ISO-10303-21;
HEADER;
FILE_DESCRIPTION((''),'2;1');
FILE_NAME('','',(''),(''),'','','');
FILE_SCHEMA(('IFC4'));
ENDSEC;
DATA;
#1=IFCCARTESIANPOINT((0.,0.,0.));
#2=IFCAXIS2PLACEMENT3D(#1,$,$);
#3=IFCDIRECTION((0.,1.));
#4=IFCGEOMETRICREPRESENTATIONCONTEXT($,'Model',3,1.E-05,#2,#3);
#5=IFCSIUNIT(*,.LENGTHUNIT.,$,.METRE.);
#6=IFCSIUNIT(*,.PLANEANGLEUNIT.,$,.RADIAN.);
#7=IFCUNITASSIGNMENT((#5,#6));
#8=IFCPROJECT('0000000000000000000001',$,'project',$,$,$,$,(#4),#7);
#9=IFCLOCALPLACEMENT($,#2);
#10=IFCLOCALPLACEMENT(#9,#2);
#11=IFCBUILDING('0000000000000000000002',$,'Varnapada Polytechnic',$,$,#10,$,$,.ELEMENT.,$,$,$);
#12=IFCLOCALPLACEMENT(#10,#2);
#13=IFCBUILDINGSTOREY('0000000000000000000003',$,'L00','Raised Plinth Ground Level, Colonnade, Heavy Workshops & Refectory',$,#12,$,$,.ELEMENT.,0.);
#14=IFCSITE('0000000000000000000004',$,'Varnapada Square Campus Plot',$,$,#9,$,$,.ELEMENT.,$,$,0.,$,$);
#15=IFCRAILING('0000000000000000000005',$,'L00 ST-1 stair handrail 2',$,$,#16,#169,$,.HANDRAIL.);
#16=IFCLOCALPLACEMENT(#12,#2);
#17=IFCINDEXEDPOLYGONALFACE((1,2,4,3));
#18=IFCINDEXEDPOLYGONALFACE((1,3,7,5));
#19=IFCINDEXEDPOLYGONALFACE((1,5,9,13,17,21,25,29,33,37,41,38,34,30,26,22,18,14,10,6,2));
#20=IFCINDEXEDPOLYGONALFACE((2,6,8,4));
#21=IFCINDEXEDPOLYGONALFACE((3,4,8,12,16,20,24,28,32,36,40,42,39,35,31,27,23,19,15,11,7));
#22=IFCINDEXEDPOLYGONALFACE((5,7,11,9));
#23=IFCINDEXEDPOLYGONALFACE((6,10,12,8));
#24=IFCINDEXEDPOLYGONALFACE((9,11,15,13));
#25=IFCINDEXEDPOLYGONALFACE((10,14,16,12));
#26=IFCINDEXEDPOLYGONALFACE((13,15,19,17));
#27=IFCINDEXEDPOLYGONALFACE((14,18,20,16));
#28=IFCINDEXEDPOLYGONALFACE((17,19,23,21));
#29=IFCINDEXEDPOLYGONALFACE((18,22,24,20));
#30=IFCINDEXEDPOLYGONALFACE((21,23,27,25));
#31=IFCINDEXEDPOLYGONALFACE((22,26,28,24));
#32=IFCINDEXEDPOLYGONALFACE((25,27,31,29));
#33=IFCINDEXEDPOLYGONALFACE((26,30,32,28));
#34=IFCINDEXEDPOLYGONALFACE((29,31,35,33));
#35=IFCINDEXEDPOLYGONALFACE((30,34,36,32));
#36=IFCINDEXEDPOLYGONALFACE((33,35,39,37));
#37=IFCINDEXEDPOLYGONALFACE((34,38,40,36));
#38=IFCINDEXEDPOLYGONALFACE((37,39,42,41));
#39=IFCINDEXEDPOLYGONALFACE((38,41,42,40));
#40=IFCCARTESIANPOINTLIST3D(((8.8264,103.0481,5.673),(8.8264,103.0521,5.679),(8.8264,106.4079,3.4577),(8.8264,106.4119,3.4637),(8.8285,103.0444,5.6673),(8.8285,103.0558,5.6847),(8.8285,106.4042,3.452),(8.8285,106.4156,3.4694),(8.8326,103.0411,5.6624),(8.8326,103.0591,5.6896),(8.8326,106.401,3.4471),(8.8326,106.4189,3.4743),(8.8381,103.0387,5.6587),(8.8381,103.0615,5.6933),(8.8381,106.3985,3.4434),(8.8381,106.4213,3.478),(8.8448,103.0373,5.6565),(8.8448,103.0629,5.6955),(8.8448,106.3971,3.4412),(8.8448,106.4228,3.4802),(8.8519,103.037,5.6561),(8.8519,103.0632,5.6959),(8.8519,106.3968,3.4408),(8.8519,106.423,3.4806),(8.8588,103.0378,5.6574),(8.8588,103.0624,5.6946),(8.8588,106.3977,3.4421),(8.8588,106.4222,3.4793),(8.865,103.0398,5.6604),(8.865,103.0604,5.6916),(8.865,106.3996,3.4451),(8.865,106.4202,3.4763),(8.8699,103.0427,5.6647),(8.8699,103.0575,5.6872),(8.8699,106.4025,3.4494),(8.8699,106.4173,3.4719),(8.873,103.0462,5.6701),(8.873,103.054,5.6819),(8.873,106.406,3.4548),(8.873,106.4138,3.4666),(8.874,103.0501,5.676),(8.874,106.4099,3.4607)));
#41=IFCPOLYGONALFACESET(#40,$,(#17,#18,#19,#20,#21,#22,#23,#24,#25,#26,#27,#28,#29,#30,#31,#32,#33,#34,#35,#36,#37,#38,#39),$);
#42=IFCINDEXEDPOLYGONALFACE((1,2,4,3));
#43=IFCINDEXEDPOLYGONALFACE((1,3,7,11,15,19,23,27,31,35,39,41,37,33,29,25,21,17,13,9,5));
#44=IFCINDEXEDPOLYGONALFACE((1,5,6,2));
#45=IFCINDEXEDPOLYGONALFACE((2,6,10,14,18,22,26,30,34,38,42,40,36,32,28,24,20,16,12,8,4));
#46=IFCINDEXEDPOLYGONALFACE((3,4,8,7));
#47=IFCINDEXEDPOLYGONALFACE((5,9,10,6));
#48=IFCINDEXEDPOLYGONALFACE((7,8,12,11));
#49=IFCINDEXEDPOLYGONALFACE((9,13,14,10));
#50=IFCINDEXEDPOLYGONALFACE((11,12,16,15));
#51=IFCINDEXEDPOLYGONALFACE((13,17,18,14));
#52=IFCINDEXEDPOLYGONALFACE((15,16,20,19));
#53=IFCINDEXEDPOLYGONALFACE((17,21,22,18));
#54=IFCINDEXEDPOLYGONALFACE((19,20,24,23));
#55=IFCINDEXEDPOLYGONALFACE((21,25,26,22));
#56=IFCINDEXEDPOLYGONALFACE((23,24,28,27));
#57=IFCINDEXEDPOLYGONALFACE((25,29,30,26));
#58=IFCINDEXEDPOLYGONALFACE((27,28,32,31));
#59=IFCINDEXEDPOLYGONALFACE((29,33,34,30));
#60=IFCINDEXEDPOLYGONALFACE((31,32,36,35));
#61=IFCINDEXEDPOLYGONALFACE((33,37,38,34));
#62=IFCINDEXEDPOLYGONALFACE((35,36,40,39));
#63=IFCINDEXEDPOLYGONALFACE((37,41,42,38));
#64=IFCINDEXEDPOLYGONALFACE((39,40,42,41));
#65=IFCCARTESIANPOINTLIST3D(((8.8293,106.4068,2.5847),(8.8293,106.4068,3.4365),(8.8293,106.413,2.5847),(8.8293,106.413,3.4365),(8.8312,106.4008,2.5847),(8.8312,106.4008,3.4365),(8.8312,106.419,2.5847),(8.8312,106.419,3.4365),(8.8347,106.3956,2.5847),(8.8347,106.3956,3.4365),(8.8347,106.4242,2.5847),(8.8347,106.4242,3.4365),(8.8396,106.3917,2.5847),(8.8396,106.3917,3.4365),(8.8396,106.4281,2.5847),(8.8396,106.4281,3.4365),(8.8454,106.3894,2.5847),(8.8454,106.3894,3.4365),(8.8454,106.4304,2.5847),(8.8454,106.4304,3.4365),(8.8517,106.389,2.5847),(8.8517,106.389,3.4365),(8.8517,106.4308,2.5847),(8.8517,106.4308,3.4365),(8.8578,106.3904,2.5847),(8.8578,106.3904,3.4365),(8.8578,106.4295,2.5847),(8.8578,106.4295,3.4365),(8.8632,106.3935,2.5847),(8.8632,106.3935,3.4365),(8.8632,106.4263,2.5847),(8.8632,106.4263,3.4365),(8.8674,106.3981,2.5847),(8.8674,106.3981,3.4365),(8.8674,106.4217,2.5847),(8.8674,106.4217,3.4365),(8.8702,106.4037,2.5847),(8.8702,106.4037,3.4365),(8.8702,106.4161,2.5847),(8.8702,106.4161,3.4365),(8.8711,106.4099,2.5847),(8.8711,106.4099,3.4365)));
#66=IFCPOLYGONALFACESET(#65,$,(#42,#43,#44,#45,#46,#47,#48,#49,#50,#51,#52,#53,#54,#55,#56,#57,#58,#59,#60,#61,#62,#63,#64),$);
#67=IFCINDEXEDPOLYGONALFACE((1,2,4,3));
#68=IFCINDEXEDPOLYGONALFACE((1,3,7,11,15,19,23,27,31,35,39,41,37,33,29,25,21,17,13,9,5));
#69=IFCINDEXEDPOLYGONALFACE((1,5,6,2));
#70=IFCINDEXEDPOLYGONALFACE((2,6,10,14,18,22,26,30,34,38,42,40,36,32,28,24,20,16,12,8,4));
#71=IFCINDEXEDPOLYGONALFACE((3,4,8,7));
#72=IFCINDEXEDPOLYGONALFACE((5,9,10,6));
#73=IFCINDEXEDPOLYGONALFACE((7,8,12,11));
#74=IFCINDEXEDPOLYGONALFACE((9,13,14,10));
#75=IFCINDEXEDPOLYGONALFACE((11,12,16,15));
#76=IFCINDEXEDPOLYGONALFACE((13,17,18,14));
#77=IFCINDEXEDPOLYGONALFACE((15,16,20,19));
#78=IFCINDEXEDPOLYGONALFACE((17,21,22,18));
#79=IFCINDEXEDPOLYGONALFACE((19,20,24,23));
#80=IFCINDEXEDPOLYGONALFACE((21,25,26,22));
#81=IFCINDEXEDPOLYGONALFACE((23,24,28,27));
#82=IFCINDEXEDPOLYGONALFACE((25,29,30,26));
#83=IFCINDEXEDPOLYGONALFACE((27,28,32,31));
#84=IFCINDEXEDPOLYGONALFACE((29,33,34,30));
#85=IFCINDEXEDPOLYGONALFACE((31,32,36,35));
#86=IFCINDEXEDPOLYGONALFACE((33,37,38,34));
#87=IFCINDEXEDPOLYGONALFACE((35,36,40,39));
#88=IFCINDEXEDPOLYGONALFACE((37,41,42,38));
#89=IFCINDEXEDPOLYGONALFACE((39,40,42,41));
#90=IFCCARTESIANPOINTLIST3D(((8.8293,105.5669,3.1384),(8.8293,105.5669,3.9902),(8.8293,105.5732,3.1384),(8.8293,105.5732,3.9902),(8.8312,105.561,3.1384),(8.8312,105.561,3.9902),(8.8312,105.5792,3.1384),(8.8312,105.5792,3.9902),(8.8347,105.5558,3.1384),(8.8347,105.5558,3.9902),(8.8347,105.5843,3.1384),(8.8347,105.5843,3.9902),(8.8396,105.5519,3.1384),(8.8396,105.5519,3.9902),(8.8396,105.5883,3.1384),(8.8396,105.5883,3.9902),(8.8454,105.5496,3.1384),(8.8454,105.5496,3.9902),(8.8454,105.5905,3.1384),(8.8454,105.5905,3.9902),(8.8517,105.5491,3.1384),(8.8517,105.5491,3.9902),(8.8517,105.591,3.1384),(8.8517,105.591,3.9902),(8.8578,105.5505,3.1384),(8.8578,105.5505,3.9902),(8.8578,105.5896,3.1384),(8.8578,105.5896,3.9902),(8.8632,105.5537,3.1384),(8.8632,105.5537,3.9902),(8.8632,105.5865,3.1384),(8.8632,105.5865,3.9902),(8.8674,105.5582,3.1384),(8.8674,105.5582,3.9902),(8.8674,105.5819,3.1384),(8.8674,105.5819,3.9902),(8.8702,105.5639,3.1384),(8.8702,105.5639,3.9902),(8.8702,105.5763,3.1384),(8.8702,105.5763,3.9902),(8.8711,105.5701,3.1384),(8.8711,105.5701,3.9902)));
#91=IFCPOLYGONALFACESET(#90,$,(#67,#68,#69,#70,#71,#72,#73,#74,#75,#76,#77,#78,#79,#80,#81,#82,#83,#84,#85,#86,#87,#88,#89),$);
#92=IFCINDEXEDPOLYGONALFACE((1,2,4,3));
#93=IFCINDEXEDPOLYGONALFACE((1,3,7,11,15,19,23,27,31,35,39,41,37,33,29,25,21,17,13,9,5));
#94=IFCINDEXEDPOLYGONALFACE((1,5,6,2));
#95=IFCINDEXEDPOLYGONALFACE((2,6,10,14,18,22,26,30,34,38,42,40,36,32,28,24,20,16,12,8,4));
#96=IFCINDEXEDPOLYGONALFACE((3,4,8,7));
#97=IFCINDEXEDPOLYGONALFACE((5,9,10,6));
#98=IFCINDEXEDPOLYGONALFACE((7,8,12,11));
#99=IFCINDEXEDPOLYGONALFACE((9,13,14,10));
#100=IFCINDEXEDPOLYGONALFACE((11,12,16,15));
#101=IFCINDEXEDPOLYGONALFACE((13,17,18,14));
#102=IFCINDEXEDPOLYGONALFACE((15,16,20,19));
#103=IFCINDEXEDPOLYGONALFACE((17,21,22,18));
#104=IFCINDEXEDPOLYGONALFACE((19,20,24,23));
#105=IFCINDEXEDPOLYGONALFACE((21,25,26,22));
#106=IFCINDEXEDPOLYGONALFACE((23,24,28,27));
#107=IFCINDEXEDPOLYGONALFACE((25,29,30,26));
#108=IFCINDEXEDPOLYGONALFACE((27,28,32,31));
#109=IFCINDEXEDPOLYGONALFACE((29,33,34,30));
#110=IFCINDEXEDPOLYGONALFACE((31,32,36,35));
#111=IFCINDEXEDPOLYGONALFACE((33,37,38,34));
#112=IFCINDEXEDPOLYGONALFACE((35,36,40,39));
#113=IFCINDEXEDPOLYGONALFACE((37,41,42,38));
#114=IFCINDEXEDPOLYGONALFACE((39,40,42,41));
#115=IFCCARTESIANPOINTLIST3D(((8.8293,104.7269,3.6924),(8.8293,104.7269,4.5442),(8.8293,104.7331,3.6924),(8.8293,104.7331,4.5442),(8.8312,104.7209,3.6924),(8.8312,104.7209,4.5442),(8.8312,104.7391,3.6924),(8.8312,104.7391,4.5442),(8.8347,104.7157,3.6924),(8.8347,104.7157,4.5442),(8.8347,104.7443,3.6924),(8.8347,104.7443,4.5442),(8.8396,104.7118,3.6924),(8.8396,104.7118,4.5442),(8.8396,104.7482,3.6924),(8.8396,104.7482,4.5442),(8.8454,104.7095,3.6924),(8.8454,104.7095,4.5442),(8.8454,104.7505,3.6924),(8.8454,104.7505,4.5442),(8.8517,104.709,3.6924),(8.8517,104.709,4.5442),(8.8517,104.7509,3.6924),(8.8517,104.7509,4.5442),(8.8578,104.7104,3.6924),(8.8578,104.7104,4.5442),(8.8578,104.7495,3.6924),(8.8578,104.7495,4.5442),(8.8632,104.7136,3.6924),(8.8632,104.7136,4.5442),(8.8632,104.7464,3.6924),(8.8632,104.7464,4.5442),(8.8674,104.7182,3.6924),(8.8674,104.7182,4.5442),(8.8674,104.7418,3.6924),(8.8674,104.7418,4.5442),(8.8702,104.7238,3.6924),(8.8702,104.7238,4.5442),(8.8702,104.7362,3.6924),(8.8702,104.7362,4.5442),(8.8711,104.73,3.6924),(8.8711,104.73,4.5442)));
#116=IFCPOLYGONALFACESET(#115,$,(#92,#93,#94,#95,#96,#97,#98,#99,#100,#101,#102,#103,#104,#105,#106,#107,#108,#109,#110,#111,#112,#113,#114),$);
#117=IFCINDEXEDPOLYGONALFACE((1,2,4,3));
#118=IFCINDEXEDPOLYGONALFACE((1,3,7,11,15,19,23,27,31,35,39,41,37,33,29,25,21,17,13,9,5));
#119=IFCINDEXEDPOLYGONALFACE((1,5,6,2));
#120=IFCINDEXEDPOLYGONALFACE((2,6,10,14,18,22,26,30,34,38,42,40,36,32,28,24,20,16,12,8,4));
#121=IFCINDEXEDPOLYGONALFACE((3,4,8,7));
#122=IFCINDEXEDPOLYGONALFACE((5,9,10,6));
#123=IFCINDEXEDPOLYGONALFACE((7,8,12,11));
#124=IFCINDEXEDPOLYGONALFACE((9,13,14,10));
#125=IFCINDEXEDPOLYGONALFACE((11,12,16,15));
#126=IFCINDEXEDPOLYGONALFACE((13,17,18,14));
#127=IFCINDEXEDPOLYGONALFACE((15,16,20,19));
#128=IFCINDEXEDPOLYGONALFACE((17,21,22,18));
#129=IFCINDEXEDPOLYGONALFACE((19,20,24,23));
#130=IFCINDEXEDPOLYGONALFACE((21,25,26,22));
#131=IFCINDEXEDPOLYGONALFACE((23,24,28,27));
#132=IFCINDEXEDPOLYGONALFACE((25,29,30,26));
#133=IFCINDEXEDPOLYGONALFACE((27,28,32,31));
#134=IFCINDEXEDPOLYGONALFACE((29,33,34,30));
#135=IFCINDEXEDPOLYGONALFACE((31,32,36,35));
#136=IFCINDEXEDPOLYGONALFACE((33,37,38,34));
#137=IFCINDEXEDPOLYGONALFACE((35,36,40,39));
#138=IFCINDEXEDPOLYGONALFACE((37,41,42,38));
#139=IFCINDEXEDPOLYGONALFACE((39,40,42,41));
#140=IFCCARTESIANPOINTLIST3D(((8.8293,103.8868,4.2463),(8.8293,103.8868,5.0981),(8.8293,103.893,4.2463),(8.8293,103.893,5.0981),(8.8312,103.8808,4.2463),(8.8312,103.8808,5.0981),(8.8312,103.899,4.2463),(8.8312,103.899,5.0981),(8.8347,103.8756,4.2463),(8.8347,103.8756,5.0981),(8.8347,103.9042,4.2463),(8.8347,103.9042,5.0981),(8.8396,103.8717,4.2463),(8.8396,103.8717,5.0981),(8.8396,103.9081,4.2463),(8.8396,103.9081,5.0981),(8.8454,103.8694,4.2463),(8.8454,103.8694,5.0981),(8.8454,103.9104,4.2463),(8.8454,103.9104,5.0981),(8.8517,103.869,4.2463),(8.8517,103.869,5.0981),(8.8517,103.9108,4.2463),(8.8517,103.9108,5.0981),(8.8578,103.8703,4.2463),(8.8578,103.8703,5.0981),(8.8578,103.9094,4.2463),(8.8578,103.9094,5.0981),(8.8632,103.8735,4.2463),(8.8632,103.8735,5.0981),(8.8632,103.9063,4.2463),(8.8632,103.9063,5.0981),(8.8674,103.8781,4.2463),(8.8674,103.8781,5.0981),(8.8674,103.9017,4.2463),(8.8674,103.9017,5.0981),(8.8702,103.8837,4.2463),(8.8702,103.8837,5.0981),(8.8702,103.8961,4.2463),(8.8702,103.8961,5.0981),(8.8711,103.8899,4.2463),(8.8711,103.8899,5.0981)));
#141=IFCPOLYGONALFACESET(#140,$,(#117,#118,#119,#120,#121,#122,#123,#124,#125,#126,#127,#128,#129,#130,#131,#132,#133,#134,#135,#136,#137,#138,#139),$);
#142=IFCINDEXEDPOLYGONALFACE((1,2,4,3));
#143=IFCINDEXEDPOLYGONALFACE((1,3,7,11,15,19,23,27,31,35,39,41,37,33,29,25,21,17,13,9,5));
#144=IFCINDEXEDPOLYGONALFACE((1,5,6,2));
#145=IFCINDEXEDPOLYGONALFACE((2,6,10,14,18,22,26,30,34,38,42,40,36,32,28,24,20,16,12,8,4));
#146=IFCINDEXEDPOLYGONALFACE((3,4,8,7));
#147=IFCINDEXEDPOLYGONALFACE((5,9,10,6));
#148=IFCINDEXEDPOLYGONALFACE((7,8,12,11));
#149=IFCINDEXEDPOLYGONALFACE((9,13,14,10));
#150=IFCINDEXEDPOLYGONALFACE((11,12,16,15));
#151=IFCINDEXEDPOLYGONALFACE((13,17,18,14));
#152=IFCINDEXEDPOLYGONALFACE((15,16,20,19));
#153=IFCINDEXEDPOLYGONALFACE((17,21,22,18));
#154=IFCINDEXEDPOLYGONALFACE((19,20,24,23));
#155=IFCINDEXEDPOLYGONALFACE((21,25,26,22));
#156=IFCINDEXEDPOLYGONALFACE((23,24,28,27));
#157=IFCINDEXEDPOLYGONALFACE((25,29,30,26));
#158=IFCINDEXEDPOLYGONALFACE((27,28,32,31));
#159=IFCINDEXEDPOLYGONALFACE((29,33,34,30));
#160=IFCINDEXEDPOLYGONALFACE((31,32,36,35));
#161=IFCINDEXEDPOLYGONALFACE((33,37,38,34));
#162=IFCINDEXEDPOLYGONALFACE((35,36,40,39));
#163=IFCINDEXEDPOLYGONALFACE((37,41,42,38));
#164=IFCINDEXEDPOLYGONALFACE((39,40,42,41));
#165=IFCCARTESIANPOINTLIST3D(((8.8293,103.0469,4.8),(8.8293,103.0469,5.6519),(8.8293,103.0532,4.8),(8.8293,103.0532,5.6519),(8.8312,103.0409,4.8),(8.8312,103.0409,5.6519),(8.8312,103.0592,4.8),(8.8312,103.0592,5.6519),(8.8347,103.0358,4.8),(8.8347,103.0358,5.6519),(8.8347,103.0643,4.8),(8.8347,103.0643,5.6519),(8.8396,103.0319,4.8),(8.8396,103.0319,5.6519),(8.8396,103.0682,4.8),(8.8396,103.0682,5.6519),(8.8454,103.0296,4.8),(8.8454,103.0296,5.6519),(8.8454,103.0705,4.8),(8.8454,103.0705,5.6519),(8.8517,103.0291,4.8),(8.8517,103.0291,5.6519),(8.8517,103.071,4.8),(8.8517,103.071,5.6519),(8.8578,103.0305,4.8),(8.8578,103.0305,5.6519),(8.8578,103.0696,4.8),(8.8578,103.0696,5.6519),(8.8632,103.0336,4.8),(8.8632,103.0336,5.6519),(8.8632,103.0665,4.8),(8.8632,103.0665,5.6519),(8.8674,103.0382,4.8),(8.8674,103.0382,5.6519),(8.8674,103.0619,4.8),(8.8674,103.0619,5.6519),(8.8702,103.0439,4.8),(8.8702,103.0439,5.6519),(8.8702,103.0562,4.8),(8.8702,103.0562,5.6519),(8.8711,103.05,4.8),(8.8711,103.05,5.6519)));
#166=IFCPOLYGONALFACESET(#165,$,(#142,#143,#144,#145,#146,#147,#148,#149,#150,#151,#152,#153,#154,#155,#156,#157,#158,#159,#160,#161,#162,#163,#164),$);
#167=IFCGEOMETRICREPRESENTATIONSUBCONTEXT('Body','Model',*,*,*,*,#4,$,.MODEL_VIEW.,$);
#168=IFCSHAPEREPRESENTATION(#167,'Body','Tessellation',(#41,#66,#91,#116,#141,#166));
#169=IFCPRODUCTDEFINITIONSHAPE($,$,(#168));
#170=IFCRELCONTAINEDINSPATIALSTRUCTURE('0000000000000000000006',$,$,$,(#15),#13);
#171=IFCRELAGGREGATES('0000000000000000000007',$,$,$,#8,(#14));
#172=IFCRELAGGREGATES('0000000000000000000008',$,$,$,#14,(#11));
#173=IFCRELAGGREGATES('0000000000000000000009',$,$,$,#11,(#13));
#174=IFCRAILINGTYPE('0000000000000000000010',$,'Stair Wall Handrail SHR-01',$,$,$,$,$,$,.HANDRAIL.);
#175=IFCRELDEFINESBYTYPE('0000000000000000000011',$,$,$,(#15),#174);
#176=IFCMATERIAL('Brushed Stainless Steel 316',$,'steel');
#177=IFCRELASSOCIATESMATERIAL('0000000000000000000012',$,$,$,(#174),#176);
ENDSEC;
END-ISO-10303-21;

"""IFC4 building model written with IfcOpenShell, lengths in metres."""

from ifc_helpers import new_model, si_unit, direction, frame, origin, origin_2d, place, context, subcontext, project, spatial, circle, extrude, material, type_object, element, save


model = new_model("IFC4")

# Units and contexts
model_context = context("Model", 3, precision=1e-05, world=origin(), true_north=direction((0.0, 1.0)))
body_context = subcontext(model_context, "Body", "Model", "MODEL_VIEW")
ifc_project = project(units=[si_unit("LENGTHUNIT", "METRE"), si_unit("PLANEANGLEUNIT", "RADIAN")], contexts=[model_context])

# Site, building, storey
site_placement = place(None, origin())
site = spatial("IfcSite", under=ifc_project, at=site_placement, Name="Varnapada Square Campus Plot", CompositionType="ELEMENT", RefElevation=0.0)
building_placement = place(site_placement, origin())
building = spatial("IfcBuilding", under=site, at=building_placement, Name="Varnapada Polytechnic", CompositionType="ELEMENT")
storey_placement = place(building_placement, origin())
storey = spatial("IfcBuildingStorey", under=building, at=storey_placement, Name="L00", Description="Raised Plinth Ground Level, Colonnade, Heavy Workshops & Refectory", CompositionType="ELEMENT", Elevation=0.0)

# Shared definitions
ifc_material_1 = material(Name="Brushed Stainless Steel 316", Category="steel")

# Railing
railing_type_1 = type_object("IfcRailingType", Name="Stair Wall Handrail SHR-01", PredefinedType="HANDRAIL", material=ifc_material_1)
railing_1_placement = place(storey_placement, frame((8.8501, 106.4099, 2.5847)))
element("IfcRailing", 1, at=railing_1_placement, inside=storey, type_object=railing_type_1, Name="L00 ST-1 stair handrail 2", PredefinedType="HANDRAIL", context=body_context, shape_type="SweptSolid", body=[
    extrude(circle(Radius=0.0239, at=origin_2d()), frame((0.0, 0.0, 0.876), z_axis=(0.0, -0.834858, 0.550465), x_axis=(1.0, 0.0, 0.0)), (0.0, 0.0, 1.0), 4.0244),
    extrude(circle(Radius=0.021, at=origin_2d()), origin(), (0.0, 0.0, 1.0), 0.8518),
    extrude(circle(Radius=0.021, at=origin_2d()), frame((0.0, -0.8398, 0.5537)), (0.0, 0.0, 1.0), 0.8518),
    extrude(circle(Radius=0.021, at=origin_2d()), frame((0.0, -1.6799, 1.1077)), (0.0, 0.0, 1.0), 0.8518),
    extrude(circle(Radius=0.021, at=origin_2d()), frame((0.0, -2.52, 1.6616)), (0.0, 0.0, 1.0), 0.8518),
    extrude(circle(Radius=0.021, at=origin_2d()), frame((0.0, -3.3599, 2.2153)), (0.0, 0.0, 1.0), 0.8518),
])

save(model, "model.ifc")
